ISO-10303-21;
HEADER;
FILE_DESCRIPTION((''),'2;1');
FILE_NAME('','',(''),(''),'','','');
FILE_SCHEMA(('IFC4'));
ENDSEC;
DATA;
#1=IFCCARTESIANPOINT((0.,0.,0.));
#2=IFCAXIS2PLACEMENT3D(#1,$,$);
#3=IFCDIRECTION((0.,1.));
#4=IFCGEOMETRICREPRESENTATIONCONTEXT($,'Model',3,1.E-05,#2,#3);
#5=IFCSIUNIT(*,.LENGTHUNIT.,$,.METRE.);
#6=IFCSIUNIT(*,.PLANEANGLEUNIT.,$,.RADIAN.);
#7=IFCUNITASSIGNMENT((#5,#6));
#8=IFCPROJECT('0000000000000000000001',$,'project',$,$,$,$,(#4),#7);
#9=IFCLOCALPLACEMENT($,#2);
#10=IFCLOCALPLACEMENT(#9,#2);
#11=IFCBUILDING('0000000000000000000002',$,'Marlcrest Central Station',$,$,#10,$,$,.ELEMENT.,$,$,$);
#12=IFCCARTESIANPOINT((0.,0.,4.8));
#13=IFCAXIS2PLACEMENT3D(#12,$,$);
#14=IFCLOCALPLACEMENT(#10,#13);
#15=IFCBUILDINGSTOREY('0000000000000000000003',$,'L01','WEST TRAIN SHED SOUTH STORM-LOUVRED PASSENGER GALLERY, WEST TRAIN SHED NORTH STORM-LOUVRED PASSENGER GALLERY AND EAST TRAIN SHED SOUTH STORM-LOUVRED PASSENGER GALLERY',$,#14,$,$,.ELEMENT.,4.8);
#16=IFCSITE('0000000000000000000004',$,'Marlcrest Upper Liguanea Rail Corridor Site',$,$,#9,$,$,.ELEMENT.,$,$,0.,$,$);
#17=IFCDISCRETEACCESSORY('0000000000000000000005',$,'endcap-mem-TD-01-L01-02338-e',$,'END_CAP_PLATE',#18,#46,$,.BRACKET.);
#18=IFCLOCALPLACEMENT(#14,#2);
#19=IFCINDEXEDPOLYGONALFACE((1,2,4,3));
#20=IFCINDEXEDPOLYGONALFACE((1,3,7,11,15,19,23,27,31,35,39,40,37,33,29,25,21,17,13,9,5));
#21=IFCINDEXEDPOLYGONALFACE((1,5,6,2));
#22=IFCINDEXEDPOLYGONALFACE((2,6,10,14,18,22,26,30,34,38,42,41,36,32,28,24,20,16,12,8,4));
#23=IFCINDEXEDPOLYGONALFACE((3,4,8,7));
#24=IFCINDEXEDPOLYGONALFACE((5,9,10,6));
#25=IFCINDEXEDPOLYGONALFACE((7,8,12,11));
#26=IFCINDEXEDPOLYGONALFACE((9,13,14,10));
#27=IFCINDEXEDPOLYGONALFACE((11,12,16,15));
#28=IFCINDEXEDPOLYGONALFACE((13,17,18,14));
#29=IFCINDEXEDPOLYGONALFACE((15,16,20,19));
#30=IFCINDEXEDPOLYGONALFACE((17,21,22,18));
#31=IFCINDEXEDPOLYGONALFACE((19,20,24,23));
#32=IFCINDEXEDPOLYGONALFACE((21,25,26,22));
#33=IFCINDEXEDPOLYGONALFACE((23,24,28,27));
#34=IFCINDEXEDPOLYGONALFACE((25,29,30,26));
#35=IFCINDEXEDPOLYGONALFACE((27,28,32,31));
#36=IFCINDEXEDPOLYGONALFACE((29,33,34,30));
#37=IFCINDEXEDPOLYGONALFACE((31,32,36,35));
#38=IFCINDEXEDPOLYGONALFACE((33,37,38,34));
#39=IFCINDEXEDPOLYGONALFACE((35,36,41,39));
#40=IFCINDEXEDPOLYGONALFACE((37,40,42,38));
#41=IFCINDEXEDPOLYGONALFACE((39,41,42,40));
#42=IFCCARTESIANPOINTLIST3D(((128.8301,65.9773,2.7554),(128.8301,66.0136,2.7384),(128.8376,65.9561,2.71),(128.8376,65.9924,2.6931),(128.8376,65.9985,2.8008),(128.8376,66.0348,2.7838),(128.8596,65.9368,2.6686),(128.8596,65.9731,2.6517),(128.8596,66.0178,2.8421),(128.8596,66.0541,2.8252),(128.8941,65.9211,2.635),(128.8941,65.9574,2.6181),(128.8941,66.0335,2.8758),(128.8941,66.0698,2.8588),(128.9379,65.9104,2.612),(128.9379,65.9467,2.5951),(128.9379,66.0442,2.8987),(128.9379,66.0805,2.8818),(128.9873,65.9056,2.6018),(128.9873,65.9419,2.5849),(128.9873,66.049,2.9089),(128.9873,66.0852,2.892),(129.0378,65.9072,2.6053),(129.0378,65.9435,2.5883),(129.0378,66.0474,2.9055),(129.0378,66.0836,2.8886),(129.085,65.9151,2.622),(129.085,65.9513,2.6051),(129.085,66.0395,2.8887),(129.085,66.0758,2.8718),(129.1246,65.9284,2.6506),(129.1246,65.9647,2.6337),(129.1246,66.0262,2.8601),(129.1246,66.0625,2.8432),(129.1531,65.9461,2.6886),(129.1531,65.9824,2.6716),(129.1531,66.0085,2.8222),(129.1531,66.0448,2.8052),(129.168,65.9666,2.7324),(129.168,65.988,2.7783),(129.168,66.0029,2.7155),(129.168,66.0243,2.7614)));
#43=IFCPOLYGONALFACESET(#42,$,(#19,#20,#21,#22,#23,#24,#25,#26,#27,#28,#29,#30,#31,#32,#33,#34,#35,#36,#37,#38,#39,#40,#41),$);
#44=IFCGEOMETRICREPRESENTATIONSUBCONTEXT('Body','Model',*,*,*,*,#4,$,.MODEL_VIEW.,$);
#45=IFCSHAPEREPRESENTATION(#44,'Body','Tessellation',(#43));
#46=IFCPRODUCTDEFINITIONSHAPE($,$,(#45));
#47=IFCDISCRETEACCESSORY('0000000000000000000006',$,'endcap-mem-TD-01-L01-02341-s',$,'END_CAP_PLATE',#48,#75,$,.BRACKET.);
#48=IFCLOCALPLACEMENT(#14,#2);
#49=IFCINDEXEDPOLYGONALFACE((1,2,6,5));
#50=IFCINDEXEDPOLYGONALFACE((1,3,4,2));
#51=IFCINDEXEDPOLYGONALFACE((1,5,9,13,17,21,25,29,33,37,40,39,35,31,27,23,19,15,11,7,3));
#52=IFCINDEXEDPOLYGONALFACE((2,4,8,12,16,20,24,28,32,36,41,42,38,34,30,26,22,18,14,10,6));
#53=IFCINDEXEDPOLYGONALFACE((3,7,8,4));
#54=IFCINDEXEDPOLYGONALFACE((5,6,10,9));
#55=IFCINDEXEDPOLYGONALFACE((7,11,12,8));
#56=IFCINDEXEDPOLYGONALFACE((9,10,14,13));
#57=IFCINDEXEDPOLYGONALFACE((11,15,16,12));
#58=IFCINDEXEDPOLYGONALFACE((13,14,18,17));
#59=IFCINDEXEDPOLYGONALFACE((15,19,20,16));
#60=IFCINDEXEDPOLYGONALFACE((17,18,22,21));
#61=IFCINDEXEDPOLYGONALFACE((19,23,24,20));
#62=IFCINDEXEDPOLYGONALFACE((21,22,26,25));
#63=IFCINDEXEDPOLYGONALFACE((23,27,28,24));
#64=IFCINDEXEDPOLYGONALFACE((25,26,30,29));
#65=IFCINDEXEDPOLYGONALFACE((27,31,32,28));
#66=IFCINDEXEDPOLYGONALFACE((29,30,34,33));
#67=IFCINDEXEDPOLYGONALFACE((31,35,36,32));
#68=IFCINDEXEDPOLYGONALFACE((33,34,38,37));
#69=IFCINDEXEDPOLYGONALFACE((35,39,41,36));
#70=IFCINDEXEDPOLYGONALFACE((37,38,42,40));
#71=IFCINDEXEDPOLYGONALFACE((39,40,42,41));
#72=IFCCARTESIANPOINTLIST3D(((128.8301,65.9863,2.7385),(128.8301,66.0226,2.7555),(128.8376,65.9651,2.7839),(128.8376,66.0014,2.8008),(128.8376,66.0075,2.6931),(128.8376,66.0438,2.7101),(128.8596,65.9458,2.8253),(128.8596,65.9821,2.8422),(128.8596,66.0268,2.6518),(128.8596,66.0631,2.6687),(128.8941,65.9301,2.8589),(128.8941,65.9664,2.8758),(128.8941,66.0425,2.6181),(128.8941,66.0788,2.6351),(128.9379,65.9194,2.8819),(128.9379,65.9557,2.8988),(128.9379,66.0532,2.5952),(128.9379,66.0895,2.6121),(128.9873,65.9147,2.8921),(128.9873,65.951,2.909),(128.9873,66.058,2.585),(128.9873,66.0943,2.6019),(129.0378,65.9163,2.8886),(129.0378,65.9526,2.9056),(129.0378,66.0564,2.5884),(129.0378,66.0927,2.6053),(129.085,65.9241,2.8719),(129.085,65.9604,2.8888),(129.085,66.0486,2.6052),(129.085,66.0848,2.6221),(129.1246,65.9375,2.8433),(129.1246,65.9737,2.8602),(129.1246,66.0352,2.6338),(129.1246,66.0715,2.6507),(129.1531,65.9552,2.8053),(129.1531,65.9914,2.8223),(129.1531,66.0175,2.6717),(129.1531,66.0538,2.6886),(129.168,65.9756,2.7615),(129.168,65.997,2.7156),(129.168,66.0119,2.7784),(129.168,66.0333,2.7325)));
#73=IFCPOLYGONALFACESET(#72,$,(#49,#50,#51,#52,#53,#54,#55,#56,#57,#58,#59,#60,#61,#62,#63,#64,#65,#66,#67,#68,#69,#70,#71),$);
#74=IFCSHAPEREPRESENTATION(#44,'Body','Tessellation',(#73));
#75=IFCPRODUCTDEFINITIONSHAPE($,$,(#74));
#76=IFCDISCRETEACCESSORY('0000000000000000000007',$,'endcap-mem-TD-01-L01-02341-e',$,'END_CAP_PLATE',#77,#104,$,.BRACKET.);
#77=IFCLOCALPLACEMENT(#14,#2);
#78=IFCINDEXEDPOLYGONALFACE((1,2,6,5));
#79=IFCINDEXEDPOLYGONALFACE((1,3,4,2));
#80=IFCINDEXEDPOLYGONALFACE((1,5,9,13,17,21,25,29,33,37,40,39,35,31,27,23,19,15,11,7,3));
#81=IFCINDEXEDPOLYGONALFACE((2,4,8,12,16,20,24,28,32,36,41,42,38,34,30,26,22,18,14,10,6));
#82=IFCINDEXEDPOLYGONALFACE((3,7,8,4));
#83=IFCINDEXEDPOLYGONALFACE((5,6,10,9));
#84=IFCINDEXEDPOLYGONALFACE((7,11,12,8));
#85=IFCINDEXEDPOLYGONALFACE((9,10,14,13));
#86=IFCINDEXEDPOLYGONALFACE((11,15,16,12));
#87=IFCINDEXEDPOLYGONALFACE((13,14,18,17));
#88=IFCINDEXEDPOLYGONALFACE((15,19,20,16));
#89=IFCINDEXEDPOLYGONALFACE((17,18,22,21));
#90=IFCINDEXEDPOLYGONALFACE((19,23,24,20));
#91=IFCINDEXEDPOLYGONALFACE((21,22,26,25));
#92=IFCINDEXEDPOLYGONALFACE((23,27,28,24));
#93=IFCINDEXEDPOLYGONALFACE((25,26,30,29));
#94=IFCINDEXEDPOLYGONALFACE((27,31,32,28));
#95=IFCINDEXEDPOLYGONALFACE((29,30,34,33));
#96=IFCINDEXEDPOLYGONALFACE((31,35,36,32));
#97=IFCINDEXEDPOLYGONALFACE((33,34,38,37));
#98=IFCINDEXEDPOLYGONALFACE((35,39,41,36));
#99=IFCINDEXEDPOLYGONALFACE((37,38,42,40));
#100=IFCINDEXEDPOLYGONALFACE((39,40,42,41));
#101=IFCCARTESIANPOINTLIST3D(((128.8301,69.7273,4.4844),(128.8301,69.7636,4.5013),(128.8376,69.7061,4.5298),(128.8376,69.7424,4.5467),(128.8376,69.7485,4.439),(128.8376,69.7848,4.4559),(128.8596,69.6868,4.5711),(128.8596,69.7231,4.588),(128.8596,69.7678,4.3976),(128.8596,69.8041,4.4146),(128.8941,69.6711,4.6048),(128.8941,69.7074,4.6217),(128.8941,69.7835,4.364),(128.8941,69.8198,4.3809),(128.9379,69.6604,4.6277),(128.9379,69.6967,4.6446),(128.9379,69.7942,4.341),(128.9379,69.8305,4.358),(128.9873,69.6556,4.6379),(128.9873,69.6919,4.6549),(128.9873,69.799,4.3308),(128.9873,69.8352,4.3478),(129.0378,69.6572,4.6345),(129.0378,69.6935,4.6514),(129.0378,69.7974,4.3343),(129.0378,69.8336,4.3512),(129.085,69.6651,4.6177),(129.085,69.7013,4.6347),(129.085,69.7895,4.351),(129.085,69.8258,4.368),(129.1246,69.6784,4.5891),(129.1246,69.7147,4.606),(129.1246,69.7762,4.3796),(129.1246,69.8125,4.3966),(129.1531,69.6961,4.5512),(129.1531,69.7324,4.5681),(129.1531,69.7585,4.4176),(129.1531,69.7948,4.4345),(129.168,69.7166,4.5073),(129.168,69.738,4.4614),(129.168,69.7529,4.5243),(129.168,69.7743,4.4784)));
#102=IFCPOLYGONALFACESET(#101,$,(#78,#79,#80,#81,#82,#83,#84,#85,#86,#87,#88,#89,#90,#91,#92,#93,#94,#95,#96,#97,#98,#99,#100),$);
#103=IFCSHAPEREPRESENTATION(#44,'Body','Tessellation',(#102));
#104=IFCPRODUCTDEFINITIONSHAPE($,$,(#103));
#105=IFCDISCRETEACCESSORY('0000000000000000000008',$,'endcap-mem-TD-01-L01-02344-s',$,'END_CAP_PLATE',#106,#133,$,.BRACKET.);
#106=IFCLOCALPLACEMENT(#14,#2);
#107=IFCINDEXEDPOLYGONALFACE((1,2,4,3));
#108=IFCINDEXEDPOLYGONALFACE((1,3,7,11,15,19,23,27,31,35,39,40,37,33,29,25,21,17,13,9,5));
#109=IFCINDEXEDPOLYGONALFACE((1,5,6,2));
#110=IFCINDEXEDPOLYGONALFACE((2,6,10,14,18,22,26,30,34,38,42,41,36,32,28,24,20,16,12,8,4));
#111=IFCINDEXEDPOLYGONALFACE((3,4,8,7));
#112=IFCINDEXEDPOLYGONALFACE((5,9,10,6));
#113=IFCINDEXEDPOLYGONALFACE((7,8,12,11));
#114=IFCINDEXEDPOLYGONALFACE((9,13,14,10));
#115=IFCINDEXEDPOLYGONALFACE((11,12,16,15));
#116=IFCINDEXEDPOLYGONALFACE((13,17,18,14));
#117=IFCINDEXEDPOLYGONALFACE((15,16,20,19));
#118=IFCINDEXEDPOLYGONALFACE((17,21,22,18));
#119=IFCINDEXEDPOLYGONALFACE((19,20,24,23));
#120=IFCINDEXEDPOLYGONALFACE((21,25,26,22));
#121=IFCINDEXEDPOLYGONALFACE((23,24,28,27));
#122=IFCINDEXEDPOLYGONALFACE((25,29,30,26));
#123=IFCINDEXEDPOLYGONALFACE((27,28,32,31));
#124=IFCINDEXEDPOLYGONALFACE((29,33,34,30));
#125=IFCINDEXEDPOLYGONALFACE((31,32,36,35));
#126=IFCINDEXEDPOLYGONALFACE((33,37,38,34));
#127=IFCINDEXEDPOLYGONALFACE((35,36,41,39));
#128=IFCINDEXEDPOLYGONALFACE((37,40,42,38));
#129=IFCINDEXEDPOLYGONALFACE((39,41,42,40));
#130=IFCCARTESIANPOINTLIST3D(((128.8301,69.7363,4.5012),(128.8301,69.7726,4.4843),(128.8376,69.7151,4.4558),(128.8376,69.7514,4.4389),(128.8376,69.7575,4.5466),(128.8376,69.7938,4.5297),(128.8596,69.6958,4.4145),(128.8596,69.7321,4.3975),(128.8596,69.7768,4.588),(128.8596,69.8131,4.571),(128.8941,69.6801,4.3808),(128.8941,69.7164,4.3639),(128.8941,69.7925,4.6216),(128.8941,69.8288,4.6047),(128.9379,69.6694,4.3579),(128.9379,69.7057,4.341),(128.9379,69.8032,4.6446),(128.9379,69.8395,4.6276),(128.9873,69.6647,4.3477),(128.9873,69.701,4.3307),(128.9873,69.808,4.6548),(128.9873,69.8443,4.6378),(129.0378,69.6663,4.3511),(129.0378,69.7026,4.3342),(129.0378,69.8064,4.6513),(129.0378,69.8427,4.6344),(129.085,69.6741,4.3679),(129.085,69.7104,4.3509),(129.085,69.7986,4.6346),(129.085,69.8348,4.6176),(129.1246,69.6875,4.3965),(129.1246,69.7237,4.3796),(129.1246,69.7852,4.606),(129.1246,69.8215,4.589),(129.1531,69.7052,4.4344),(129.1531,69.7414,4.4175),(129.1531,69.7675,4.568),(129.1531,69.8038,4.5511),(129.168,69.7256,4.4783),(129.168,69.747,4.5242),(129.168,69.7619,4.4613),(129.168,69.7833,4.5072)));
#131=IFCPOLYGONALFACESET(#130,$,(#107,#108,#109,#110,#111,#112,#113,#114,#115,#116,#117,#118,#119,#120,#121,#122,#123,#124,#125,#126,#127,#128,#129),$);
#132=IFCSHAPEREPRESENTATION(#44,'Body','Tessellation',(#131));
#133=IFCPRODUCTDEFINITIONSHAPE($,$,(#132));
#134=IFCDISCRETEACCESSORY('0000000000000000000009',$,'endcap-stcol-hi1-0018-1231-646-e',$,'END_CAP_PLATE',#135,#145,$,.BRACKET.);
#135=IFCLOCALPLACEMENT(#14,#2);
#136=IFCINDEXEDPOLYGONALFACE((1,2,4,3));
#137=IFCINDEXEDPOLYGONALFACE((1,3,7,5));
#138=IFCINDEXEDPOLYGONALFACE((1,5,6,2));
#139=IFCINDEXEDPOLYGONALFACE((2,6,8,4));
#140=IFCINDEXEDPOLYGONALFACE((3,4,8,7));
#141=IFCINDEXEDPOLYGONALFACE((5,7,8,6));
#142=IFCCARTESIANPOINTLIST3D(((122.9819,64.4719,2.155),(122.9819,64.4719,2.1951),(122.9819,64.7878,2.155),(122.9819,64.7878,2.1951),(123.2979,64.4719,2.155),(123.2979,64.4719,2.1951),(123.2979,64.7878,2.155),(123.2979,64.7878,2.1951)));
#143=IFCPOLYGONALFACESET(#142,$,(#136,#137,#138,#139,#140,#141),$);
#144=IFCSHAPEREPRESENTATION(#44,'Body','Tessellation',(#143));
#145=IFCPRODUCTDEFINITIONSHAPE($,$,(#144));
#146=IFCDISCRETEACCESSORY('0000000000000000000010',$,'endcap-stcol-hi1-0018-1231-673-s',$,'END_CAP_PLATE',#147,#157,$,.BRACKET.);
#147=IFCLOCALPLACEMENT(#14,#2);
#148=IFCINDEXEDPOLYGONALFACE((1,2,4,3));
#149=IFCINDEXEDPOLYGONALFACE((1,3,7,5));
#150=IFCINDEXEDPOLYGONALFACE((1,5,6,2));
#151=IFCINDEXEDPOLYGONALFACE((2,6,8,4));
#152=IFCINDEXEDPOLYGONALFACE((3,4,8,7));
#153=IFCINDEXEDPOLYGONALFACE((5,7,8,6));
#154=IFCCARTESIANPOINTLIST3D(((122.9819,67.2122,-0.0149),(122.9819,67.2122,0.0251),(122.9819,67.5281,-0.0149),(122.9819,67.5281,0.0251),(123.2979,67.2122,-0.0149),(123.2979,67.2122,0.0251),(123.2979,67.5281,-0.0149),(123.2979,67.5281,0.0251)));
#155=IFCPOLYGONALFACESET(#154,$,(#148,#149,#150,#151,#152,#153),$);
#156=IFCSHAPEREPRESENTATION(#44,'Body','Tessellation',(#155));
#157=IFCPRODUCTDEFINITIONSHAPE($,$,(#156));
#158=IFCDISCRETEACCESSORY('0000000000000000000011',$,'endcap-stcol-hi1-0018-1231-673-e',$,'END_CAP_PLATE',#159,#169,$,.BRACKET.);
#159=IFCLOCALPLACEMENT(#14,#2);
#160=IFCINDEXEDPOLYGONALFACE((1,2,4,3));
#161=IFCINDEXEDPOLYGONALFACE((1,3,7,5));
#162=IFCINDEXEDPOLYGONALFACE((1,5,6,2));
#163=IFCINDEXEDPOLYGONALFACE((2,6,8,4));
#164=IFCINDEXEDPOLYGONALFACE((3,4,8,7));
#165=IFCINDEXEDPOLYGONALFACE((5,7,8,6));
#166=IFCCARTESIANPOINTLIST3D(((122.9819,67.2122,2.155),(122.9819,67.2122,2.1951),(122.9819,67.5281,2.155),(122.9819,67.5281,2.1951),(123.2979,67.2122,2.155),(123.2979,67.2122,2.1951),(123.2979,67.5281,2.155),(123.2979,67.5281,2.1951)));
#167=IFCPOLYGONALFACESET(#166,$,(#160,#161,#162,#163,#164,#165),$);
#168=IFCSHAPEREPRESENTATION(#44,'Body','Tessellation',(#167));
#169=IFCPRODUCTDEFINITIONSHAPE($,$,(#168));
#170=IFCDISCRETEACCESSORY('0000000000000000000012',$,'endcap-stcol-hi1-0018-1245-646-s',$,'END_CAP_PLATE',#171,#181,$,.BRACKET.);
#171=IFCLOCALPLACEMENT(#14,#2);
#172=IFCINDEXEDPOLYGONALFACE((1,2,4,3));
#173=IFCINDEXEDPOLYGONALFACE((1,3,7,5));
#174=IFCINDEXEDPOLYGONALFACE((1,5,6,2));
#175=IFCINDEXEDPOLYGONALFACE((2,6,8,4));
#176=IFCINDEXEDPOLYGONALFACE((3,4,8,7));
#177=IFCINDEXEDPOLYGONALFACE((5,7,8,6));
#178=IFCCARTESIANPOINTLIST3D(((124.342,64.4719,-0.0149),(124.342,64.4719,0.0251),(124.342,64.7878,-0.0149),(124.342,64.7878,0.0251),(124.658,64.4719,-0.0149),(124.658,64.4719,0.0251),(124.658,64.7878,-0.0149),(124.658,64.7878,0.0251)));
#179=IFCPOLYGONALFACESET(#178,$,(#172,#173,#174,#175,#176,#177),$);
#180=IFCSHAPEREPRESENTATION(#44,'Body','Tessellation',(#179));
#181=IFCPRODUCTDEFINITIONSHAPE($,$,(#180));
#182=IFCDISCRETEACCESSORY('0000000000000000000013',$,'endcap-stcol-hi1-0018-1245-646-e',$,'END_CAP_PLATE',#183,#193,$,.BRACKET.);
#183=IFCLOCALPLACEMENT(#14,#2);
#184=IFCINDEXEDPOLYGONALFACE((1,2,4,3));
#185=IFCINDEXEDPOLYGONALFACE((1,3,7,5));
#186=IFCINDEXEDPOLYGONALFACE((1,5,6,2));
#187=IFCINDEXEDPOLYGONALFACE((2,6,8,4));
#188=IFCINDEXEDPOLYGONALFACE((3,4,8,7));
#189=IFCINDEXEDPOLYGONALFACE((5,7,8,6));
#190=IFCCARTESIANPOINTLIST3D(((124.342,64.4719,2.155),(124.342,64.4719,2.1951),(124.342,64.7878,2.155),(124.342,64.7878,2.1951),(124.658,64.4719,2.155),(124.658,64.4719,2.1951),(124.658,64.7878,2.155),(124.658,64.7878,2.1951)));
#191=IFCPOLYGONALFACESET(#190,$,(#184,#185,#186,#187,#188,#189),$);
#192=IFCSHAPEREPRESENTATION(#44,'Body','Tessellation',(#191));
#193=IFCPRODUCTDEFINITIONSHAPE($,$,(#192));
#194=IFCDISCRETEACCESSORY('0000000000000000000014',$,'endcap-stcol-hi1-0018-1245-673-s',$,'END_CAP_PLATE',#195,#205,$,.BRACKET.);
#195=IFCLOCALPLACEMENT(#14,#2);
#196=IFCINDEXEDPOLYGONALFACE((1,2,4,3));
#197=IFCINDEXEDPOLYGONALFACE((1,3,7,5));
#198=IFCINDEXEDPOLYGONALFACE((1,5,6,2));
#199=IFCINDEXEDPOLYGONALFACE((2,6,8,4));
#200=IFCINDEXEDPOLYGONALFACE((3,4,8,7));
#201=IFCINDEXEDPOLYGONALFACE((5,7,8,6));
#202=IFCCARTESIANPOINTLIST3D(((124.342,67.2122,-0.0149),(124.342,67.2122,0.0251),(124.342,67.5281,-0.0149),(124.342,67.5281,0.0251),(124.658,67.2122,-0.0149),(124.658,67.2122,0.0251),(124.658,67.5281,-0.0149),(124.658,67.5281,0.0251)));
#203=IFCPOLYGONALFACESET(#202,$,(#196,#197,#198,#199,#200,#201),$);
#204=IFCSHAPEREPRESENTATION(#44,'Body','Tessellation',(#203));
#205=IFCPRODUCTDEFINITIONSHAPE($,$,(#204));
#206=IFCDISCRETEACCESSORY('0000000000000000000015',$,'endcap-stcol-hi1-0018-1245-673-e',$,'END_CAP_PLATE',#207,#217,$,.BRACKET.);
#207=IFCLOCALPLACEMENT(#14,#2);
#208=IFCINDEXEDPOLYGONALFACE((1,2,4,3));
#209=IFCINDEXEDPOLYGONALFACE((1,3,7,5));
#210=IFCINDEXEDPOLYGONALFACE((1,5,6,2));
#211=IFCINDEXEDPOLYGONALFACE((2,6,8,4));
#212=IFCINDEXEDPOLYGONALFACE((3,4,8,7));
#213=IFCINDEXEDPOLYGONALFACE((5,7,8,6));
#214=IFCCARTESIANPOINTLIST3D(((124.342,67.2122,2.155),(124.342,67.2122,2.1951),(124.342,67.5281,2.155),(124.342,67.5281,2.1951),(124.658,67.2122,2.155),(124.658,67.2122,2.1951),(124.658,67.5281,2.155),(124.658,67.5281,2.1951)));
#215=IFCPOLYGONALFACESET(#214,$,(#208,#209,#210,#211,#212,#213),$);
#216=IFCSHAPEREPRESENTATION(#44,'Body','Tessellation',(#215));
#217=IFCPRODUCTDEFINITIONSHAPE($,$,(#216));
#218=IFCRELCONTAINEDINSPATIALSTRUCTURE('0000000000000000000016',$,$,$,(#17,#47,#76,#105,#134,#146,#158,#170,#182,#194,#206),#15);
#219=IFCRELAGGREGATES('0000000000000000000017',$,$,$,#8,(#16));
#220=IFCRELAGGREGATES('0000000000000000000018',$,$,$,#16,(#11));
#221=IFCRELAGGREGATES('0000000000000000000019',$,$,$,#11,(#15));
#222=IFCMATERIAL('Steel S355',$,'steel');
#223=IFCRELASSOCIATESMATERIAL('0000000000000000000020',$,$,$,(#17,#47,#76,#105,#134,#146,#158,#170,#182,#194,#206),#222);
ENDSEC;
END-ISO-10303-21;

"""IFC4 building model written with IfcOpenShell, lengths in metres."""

from ifc_helpers import new_model, si_unit, direction, frame, origin, origin_2d, place, context, subcontext, project, spatial, rectangle, circle, extrude, material, element, save


model = new_model("IFC4")

# Units and contexts
model_context = context("Model", 3, precision=1e-05, world=origin(), true_north=direction((0.0, 1.0)))
body_context = subcontext(model_context, "Body", "Model", "MODEL_VIEW")
ifc_project = project(units=[si_unit("LENGTHUNIT", "METRE"), si_unit("PLANEANGLEUNIT", "RADIAN")], contexts=[model_context])

# Site, building, storey
site_placement = place(None, origin())
site = spatial("IfcSite", under=ifc_project, at=site_placement, Name="Marlcrest Upper Liguanea Rail Corridor Site", CompositionType="ELEMENT", RefElevation=0.0)
building_placement = place(site_placement, origin())
building = spatial("IfcBuilding", under=site, at=building_placement, Name="Marlcrest Central Station", CompositionType="ELEMENT")
storey_placement = place(building_placement, frame((0.0, 0.0, 4.8)))
storey = spatial("IfcBuildingStorey", under=building, at=storey_placement, Name="L01", Description="WEST TRAIN SHED SOUTH STORM-LOUVRED PASSENGER GALLERY, WEST TRAIN SHED NORTH STORM-LOUVRED PASSENGER GALLERY AND EAST TRAIN SHED SOUTH STORM-LOUVRED PASSENGER GALLERY", CompositionType="ELEMENT", Elevation=4.8)

# Shared definitions
ifc_material = material(Name="Steel S355", Category="steel")

# Discrete accessories
for number, where, z_axis, x_axis, name in (
    (1, (129.0, 65.9773, 2.7554), (0.0, 0.906183, -0.422885), (-1.0, 0.0, 0.0), "endcap-mem-TD-01-L01-02338-e"),
    (2, (129.0, 65.9863, 2.7385), (0.0, 0.906183, 0.422885), (-1.0, 0.0, 0.0), "endcap-mem-TD-01-L01-02341-s"),
    (3, (129.0, 69.7273, 4.4844), (0.0, 0.906183, 0.422885), (-1.0, 0.0, 0.0), "endcap-mem-TD-01-L01-02341-e"),
    (4, (129.0, 69.7363, 4.5012), (0.0, 0.906183, -0.422885), (-1.0, 0.0, 0.0), "endcap-mem-TD-01-L01-02344-s"),
):
    element("IfcDiscreteAccessory", number, at=place(storey_placement, frame(where, z_axis=z_axis, x_axis=x_axis)), inside=storey, material=ifc_material, Name=name, ObjectType="END_CAP_PLATE", PredefinedType="BRACKET", context=body_context, shape_type="SweptSolid", body=[
        extrude(circle(Radius=0.1699, at=origin_2d()), origin(), (0.0, 0.0, 1.0), 0.04),
    ])
for number, where, z_axis, x_axis, name in (
    (5, (123.1399, 64.6299, 2.155), (0.0, 0.0, 1.0), (1.0, 0.0, 0.0), "endcap-stcol-hi1-0018-1231-646-e"),
    (6, (123.1399, 67.3701, -0.0149), (0.0, 0.0, 1.0), (1.0, 0.0, 0.0), "endcap-stcol-hi1-0018-1231-673-s"),
    (7, (123.1399, 67.3701, 2.155), (0.0, 0.0, 1.0), (1.0, 0.0, 0.0), "endcap-stcol-hi1-0018-1231-673-e"),
    (8, (124.5, 64.6299, -0.0149), (0.0, 0.0, 1.0), (1.0, 0.0, 0.0), "endcap-stcol-hi1-0018-1245-646-s"),
    (9, (124.5, 64.6299, 2.155), (0.0, 0.0, 1.0), (1.0, 0.0, 0.0), "endcap-stcol-hi1-0018-1245-646-e"),
    (10, (124.5, 67.3701, -0.0149), (0.0, 0.0, 1.0), (1.0, 0.0, 0.0), "endcap-stcol-hi1-0018-1245-673-s"),
    (11, (124.5, 67.3701, 2.155), (0.0, 0.0, 1.0), (1.0, 0.0, 0.0), "endcap-stcol-hi1-0018-1245-673-e"),
):
    element("IfcDiscreteAccessory", number, at=place(storey_placement, frame(where, z_axis=z_axis, x_axis=x_axis)), inside=storey, material=ifc_material, Name=name, ObjectType="END_CAP_PLATE", PredefinedType="BRACKET", context=body_context, shape_type="SweptSolid", body=[
        extrude(rectangle(XDim=0.3159, YDim=0.3159, at=origin_2d()), origin(), (0.0, 0.0, 1.0), 0.04),
    ])

save(model, "model.ifc")
